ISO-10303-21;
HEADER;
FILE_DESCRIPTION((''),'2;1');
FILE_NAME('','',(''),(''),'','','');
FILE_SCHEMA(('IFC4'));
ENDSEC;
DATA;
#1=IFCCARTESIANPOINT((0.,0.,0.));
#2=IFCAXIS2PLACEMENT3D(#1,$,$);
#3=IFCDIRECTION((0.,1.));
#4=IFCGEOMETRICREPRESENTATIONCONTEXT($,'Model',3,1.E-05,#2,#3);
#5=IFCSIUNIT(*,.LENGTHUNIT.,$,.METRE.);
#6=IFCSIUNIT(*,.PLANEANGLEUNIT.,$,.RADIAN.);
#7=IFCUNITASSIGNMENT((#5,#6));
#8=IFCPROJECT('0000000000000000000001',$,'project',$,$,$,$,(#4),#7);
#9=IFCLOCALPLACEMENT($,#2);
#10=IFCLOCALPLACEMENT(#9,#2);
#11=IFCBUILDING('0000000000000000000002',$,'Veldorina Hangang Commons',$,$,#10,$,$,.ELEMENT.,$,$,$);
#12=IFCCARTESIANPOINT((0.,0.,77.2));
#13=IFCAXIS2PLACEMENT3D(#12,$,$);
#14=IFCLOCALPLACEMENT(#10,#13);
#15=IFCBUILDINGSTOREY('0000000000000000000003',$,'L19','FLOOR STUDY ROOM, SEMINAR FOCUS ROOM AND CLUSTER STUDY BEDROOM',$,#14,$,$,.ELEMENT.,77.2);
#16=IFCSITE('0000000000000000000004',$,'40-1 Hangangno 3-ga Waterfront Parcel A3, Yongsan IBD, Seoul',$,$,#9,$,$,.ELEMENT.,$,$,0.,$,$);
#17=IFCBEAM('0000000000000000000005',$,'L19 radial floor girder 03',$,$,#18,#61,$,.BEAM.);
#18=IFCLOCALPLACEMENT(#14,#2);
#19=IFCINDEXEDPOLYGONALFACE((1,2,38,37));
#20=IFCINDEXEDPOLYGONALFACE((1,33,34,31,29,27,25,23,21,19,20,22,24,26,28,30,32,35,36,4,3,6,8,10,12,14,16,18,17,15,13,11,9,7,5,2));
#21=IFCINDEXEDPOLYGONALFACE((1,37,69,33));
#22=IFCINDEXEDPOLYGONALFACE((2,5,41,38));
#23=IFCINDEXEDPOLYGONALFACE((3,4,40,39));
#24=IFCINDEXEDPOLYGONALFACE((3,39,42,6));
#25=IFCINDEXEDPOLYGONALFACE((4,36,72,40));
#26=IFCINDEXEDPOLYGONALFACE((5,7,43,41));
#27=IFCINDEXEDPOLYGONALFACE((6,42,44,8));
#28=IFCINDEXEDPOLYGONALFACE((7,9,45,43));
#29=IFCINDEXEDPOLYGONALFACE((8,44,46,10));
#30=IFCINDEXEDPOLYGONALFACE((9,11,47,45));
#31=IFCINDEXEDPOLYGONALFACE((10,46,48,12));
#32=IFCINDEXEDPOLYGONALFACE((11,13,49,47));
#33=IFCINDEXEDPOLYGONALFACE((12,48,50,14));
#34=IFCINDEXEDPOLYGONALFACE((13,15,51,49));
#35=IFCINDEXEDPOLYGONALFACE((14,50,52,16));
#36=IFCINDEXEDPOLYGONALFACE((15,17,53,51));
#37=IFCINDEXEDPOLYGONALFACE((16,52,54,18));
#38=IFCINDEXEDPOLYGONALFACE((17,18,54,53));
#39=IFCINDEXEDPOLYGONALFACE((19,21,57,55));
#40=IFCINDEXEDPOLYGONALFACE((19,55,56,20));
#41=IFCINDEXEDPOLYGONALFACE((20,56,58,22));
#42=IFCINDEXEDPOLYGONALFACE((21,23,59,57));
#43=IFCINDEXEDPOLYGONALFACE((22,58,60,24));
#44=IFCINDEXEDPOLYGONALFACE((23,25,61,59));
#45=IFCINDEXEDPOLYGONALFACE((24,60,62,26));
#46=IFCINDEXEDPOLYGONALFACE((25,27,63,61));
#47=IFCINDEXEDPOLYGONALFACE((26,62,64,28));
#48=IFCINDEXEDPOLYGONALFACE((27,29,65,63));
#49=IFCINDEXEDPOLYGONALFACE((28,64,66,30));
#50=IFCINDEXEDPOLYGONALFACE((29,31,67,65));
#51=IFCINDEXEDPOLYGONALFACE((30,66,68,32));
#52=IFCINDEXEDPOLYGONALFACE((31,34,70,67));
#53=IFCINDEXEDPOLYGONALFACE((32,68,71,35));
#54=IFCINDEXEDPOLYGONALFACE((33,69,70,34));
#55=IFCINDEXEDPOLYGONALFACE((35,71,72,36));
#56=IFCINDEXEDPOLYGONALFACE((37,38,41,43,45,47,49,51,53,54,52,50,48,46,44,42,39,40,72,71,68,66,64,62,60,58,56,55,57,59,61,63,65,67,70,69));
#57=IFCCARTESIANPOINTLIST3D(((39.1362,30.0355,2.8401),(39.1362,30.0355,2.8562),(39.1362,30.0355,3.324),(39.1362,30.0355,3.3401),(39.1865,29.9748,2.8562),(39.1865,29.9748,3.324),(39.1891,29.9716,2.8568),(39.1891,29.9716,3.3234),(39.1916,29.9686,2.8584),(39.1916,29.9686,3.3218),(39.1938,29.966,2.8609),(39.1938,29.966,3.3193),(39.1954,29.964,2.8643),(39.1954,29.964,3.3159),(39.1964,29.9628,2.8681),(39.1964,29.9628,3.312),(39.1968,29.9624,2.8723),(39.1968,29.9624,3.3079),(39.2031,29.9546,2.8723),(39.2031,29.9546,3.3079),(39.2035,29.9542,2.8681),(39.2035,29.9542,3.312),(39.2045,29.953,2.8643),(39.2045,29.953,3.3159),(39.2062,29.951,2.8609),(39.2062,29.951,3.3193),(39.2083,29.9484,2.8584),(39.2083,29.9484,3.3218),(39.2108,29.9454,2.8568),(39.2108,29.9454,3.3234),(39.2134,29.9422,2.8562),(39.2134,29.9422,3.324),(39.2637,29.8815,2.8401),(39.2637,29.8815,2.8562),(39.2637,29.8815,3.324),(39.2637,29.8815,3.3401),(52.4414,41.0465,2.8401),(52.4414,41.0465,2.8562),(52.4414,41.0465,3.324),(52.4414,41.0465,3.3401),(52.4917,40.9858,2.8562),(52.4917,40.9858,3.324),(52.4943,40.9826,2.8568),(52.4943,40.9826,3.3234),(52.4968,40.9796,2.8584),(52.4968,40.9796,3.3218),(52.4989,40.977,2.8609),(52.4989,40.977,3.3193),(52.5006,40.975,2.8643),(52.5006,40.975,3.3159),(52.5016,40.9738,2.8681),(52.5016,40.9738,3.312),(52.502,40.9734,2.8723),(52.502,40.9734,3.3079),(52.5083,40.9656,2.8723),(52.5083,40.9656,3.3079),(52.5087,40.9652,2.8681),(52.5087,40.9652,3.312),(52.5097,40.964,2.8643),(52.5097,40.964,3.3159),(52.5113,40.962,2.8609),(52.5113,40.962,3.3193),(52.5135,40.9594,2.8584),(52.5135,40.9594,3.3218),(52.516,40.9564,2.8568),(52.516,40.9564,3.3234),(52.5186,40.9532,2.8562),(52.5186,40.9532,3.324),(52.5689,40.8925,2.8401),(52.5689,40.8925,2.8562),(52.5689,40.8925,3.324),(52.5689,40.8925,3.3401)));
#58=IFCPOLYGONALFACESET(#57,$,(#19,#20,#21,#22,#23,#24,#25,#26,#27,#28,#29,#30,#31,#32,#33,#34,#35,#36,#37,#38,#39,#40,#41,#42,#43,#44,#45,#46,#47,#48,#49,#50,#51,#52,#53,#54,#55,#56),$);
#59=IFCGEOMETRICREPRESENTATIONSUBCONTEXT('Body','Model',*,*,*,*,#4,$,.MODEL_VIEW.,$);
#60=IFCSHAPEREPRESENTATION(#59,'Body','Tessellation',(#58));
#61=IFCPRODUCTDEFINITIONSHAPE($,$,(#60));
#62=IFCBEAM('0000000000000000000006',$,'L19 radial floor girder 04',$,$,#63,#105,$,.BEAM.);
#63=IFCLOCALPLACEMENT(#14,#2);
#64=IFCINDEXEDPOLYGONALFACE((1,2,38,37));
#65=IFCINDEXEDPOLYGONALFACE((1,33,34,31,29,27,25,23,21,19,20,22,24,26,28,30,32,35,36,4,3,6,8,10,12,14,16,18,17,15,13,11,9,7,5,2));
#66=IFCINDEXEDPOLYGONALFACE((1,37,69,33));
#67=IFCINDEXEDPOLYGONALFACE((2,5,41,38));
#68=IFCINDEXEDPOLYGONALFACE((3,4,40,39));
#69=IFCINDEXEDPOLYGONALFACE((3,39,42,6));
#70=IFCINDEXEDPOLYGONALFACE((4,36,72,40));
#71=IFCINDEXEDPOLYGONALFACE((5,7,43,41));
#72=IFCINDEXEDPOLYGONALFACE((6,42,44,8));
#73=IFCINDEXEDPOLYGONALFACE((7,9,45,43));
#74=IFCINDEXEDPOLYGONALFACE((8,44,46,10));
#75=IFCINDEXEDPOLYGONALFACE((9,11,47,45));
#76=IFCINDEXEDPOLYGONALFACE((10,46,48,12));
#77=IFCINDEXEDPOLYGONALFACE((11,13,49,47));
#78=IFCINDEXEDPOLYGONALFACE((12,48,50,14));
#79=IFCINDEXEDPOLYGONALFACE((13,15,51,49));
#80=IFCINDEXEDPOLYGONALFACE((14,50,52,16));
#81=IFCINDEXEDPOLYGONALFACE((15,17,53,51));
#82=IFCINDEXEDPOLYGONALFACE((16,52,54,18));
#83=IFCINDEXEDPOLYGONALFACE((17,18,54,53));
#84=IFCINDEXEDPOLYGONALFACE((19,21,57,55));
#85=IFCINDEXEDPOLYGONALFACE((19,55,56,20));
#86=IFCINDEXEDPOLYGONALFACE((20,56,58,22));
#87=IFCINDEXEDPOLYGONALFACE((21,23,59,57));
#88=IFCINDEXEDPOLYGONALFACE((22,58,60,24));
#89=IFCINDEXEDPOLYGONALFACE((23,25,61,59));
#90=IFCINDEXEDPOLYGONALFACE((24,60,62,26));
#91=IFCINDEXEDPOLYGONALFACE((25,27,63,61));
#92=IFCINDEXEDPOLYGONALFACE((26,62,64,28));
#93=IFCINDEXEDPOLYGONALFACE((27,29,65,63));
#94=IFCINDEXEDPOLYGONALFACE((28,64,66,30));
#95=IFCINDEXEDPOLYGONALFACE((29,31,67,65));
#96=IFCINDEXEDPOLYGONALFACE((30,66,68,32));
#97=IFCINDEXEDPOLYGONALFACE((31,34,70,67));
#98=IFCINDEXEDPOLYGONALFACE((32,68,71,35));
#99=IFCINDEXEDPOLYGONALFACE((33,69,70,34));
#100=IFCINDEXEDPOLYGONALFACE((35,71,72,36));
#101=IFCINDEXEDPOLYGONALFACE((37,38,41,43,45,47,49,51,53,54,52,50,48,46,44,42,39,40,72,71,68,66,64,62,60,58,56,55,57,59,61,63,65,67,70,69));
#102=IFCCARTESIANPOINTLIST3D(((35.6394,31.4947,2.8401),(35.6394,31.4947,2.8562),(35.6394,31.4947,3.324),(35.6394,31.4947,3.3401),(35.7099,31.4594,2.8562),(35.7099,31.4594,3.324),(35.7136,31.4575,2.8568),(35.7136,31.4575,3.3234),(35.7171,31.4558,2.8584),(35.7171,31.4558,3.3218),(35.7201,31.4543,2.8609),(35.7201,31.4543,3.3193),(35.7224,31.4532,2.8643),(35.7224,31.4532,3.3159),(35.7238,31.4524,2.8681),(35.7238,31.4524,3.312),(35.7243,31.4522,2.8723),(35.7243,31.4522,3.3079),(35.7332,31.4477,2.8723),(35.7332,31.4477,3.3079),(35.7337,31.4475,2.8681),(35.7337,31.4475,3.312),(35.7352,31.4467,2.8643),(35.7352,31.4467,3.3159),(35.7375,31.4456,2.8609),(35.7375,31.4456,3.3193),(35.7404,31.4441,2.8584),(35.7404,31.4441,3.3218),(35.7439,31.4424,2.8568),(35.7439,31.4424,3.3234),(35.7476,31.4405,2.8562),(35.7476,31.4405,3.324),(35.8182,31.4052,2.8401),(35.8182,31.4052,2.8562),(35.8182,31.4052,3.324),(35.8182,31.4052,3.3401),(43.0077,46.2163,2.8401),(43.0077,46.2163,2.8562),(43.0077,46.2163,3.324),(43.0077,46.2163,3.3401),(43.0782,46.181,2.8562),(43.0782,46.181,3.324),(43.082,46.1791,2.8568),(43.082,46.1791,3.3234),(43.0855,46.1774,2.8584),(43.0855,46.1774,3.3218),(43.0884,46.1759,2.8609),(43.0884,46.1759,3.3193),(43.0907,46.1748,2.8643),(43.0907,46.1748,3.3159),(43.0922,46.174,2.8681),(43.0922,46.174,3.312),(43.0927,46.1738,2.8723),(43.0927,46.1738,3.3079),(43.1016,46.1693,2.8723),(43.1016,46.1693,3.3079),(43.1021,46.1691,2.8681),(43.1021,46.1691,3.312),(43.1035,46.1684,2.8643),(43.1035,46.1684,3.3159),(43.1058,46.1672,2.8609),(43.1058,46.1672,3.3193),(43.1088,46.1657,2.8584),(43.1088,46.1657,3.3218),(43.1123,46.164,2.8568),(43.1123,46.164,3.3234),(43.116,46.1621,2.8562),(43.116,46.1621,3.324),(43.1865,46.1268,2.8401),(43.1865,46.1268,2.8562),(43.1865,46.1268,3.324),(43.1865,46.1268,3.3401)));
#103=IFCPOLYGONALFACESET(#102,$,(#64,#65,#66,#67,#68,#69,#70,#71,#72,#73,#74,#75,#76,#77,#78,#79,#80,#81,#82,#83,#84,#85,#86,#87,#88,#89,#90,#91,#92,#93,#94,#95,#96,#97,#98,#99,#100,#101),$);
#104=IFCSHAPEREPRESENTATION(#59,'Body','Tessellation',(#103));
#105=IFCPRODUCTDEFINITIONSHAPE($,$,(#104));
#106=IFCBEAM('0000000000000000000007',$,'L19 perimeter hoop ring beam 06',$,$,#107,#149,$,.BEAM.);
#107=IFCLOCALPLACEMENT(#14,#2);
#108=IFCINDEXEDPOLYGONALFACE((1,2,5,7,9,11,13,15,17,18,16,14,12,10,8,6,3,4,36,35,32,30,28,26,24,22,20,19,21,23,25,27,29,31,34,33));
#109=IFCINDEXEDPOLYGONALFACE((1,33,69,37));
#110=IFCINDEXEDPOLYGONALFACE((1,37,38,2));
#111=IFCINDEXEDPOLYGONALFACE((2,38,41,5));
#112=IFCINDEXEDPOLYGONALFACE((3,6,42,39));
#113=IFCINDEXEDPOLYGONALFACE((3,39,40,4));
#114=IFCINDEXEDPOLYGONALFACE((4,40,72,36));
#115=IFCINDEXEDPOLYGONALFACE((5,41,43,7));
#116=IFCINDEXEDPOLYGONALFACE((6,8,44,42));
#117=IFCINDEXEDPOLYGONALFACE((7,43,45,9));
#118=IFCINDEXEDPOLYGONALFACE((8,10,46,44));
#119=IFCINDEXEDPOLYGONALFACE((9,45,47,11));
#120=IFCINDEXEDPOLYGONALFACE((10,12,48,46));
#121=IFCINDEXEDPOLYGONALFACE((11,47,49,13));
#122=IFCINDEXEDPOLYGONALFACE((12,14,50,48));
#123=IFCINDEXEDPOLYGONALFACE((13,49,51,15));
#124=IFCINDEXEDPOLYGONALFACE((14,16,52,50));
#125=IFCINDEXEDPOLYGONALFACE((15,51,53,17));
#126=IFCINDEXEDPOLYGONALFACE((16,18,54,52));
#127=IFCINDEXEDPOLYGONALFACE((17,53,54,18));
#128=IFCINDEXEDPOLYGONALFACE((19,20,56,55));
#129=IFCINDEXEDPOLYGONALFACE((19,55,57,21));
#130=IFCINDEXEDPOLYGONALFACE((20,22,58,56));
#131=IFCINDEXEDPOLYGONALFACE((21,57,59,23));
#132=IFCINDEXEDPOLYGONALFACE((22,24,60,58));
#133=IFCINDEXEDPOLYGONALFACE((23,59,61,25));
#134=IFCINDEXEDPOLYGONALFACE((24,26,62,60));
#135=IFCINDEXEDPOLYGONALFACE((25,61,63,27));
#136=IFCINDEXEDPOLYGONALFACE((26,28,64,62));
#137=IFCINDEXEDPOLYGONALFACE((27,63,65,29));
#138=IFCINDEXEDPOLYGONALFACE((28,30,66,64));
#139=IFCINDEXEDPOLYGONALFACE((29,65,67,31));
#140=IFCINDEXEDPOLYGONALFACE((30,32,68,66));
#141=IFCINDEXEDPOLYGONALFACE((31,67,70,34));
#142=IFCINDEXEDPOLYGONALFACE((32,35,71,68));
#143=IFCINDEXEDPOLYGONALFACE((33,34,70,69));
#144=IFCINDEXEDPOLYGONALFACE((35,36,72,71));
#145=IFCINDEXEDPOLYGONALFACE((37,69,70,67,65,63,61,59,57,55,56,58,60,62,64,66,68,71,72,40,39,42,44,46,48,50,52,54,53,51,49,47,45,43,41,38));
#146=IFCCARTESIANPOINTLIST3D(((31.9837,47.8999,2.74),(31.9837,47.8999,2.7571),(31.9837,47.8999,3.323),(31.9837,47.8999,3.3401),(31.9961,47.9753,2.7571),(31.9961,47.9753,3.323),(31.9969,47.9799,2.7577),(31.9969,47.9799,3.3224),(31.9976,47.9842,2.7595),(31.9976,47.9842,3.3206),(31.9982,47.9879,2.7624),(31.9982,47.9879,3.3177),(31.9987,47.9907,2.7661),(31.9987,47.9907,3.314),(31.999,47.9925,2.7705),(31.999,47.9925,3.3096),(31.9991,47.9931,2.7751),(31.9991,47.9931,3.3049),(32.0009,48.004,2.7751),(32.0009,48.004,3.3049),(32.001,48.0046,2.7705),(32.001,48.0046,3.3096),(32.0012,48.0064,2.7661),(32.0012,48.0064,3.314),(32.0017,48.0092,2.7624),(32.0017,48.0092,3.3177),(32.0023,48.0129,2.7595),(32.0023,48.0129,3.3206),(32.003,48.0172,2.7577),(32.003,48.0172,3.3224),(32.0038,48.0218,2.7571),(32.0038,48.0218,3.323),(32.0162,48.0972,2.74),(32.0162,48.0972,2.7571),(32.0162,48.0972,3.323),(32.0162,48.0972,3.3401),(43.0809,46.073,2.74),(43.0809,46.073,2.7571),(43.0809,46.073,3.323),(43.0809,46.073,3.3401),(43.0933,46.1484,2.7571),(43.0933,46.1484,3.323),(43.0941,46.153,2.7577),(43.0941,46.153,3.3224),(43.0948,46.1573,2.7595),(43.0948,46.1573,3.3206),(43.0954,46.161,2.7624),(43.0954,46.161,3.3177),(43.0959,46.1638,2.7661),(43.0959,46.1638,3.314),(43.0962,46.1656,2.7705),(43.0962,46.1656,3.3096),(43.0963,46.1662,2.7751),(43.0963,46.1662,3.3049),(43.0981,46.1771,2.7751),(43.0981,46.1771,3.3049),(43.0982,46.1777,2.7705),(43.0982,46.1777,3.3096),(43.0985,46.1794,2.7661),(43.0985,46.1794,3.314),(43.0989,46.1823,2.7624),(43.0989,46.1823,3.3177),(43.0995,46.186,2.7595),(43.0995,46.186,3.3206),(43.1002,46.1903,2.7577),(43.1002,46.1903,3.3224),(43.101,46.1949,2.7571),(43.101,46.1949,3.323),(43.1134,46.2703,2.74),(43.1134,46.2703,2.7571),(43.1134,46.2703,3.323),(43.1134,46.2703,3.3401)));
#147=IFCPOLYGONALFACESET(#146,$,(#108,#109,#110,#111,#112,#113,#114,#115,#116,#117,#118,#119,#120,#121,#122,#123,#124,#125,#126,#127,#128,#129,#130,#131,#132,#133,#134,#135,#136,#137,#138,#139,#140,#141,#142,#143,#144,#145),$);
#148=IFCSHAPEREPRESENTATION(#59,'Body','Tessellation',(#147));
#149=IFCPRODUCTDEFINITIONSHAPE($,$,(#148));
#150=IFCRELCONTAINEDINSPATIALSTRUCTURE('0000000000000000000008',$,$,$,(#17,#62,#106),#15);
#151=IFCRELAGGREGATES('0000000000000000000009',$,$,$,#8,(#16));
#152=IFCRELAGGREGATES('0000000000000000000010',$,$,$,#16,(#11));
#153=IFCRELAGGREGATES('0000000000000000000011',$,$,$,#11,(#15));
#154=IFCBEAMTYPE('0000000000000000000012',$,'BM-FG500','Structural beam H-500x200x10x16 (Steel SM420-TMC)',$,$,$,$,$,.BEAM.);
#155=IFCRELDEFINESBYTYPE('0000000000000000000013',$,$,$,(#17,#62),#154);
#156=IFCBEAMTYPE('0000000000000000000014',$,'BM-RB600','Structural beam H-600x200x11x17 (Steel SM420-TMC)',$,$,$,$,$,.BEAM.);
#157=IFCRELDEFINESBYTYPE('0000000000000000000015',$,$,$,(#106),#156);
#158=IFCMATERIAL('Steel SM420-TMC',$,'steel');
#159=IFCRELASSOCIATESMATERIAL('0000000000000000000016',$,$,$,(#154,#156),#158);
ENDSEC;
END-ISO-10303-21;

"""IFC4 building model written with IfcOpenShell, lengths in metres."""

from ifc_helpers import new_model, si_unit, direction, frame, origin, origin_2d, place, context, subcontext, project, spatial, i_section, extrude, material, material_profile, profile_set, type_object, element, save


model = new_model("IFC4")

# Units and contexts
model_context = context("Model", 3, precision=1e-05, world=origin(), true_north=direction((0.0, 1.0)))
body_context = subcontext(model_context, "Body", "Model", "MODEL_VIEW")
ifc_project = project(units=[si_unit("LENGTHUNIT", "METRE"), si_unit("PLANEANGLEUNIT", "RADIAN")], contexts=[model_context])

# Site, building, storey
site_placement = place(None, origin())
site = spatial("IfcSite", under=ifc_project, at=site_placement, Name="40-1 Hangangno 3-ga Waterfront Parcel A3, Yongsan IBD, Seoul", CompositionType="ELEMENT", RefElevation=0.0)
building_placement = place(site_placement, origin())
building = spatial("IfcBuilding", under=site, at=building_placement, Name="Veldorina Hangang Commons", CompositionType="ELEMENT")
storey_placement = place(building_placement, frame((0.0, 0.0, 77.2)))
storey = spatial("IfcBuildingStorey", under=building, at=storey_placement, Name="L19", Description="FLOOR STUDY ROOM, SEMINAR FOCUS ROOM AND CLUSTER STUDY BEDROOM", CompositionType="ELEMENT", Elevation=77.2)

# Beams
ifc_material_1 = material(Name="Steel SM420-TMC", Category="steel")
ifc_material_profile_1 = material_profile(ifc_material_1, i_section(OverallWidth=0.2, OverallDepth=0.5, WebThickness=0.01, FlangeThickness=0.0161, FilletRadius=0.0161, at=origin_2d()), Name="H-500x200x10x16")
ifc_profile_set_1 = profile_set([ifc_material_profile_1], Name="Steel SM420-TMC")
beam_type_1 = type_object("IfcBeamType", Name="BM-FG500", Description="Structural beam H-500x200x10x16 (Steel SM420-TMC)", PredefinedType="BEAM", material=ifc_profile_set_1)
beam_1_placement = place(storey_placement, frame((39.2, 29.9585, 3.0901), z_axis=(0.7704, 0.637561, 0.0), x_axis=(-0.637561, 0.7704, 0.0)))
element("IfcBeam", 1, at=beam_1_placement, inside=storey, type_object=beam_type_1, Name="L19 radial floor girder 03", PredefinedType="BEAM", context=body_context, shape_type="SweptSolid", body=[
    extrude(i_section(OverallWidth=0.2, OverallDepth=0.5, WebThickness=0.01, FlangeThickness=0.0161, FilletRadius=0.0161, at=origin_2d()), origin(), (0.0, 0.0, 1.0), 17.2705),
])
beam_2_placement = place(storey_placement, frame((35.7288, 31.45, 3.0901), z_axis=(0.447581, 0.894243, 0.0), x_axis=(-0.894243, 0.447581, 0.0)))
element("IfcBeam", 2, at=beam_2_placement, inside=storey, type_object=beam_type_1, Name="L19 radial floor girder 04", PredefinedType="BEAM", context=body_context, shape_type="SweptSolid", body=[
    extrude(i_section(OverallWidth=0.2, OverallDepth=0.5, WebThickness=0.01, FlangeThickness=0.0161, FilletRadius=0.0161, at=origin_2d()), origin(), (0.0, 0.0, 1.0), 16.4626),
])
ifc_material_profile_2 = material_profile(ifc_material_1, i_section(OverallWidth=0.2, OverallDepth=0.6001, WebThickness=0.011, FlangeThickness=0.0171, FilletRadius=0.0181, at=origin_2d()), Name="H-600x200x11x17")
ifc_profile_set_2 = profile_set([ifc_material_profile_2], Name="Steel SM420-TMC")
beam_type_2 = type_object("IfcBeamType", Name="BM-RB600", Description="Structural beam H-600x200x11x17 (Steel SM420-TMC)", PredefinedType="BEAM", material=ifc_profile_set_2)
beam_3_placement = place(storey_placement, frame((43.0972, 46.1716, 3.04), z_axis=(-0.986718, 0.162441, 0.0), x_axis=(-0.162441, -0.986718, 0.0)))
element("IfcBeam", 3, at=beam_3_placement, inside=storey, type_object=beam_type_2, Name="L19 perimeter hoop ring beam 06", PredefinedType="BEAM", context=body_context, shape_type="SweptSolid", body=[
    extrude(i_section(OverallWidth=0.2, OverallDepth=0.6001, WebThickness=0.011, FlangeThickness=0.0171, FilletRadius=0.0181, at=origin_2d()), origin(), (0.0, 0.0, 1.0), 11.2466),
])

save(model, "model.ifc")
